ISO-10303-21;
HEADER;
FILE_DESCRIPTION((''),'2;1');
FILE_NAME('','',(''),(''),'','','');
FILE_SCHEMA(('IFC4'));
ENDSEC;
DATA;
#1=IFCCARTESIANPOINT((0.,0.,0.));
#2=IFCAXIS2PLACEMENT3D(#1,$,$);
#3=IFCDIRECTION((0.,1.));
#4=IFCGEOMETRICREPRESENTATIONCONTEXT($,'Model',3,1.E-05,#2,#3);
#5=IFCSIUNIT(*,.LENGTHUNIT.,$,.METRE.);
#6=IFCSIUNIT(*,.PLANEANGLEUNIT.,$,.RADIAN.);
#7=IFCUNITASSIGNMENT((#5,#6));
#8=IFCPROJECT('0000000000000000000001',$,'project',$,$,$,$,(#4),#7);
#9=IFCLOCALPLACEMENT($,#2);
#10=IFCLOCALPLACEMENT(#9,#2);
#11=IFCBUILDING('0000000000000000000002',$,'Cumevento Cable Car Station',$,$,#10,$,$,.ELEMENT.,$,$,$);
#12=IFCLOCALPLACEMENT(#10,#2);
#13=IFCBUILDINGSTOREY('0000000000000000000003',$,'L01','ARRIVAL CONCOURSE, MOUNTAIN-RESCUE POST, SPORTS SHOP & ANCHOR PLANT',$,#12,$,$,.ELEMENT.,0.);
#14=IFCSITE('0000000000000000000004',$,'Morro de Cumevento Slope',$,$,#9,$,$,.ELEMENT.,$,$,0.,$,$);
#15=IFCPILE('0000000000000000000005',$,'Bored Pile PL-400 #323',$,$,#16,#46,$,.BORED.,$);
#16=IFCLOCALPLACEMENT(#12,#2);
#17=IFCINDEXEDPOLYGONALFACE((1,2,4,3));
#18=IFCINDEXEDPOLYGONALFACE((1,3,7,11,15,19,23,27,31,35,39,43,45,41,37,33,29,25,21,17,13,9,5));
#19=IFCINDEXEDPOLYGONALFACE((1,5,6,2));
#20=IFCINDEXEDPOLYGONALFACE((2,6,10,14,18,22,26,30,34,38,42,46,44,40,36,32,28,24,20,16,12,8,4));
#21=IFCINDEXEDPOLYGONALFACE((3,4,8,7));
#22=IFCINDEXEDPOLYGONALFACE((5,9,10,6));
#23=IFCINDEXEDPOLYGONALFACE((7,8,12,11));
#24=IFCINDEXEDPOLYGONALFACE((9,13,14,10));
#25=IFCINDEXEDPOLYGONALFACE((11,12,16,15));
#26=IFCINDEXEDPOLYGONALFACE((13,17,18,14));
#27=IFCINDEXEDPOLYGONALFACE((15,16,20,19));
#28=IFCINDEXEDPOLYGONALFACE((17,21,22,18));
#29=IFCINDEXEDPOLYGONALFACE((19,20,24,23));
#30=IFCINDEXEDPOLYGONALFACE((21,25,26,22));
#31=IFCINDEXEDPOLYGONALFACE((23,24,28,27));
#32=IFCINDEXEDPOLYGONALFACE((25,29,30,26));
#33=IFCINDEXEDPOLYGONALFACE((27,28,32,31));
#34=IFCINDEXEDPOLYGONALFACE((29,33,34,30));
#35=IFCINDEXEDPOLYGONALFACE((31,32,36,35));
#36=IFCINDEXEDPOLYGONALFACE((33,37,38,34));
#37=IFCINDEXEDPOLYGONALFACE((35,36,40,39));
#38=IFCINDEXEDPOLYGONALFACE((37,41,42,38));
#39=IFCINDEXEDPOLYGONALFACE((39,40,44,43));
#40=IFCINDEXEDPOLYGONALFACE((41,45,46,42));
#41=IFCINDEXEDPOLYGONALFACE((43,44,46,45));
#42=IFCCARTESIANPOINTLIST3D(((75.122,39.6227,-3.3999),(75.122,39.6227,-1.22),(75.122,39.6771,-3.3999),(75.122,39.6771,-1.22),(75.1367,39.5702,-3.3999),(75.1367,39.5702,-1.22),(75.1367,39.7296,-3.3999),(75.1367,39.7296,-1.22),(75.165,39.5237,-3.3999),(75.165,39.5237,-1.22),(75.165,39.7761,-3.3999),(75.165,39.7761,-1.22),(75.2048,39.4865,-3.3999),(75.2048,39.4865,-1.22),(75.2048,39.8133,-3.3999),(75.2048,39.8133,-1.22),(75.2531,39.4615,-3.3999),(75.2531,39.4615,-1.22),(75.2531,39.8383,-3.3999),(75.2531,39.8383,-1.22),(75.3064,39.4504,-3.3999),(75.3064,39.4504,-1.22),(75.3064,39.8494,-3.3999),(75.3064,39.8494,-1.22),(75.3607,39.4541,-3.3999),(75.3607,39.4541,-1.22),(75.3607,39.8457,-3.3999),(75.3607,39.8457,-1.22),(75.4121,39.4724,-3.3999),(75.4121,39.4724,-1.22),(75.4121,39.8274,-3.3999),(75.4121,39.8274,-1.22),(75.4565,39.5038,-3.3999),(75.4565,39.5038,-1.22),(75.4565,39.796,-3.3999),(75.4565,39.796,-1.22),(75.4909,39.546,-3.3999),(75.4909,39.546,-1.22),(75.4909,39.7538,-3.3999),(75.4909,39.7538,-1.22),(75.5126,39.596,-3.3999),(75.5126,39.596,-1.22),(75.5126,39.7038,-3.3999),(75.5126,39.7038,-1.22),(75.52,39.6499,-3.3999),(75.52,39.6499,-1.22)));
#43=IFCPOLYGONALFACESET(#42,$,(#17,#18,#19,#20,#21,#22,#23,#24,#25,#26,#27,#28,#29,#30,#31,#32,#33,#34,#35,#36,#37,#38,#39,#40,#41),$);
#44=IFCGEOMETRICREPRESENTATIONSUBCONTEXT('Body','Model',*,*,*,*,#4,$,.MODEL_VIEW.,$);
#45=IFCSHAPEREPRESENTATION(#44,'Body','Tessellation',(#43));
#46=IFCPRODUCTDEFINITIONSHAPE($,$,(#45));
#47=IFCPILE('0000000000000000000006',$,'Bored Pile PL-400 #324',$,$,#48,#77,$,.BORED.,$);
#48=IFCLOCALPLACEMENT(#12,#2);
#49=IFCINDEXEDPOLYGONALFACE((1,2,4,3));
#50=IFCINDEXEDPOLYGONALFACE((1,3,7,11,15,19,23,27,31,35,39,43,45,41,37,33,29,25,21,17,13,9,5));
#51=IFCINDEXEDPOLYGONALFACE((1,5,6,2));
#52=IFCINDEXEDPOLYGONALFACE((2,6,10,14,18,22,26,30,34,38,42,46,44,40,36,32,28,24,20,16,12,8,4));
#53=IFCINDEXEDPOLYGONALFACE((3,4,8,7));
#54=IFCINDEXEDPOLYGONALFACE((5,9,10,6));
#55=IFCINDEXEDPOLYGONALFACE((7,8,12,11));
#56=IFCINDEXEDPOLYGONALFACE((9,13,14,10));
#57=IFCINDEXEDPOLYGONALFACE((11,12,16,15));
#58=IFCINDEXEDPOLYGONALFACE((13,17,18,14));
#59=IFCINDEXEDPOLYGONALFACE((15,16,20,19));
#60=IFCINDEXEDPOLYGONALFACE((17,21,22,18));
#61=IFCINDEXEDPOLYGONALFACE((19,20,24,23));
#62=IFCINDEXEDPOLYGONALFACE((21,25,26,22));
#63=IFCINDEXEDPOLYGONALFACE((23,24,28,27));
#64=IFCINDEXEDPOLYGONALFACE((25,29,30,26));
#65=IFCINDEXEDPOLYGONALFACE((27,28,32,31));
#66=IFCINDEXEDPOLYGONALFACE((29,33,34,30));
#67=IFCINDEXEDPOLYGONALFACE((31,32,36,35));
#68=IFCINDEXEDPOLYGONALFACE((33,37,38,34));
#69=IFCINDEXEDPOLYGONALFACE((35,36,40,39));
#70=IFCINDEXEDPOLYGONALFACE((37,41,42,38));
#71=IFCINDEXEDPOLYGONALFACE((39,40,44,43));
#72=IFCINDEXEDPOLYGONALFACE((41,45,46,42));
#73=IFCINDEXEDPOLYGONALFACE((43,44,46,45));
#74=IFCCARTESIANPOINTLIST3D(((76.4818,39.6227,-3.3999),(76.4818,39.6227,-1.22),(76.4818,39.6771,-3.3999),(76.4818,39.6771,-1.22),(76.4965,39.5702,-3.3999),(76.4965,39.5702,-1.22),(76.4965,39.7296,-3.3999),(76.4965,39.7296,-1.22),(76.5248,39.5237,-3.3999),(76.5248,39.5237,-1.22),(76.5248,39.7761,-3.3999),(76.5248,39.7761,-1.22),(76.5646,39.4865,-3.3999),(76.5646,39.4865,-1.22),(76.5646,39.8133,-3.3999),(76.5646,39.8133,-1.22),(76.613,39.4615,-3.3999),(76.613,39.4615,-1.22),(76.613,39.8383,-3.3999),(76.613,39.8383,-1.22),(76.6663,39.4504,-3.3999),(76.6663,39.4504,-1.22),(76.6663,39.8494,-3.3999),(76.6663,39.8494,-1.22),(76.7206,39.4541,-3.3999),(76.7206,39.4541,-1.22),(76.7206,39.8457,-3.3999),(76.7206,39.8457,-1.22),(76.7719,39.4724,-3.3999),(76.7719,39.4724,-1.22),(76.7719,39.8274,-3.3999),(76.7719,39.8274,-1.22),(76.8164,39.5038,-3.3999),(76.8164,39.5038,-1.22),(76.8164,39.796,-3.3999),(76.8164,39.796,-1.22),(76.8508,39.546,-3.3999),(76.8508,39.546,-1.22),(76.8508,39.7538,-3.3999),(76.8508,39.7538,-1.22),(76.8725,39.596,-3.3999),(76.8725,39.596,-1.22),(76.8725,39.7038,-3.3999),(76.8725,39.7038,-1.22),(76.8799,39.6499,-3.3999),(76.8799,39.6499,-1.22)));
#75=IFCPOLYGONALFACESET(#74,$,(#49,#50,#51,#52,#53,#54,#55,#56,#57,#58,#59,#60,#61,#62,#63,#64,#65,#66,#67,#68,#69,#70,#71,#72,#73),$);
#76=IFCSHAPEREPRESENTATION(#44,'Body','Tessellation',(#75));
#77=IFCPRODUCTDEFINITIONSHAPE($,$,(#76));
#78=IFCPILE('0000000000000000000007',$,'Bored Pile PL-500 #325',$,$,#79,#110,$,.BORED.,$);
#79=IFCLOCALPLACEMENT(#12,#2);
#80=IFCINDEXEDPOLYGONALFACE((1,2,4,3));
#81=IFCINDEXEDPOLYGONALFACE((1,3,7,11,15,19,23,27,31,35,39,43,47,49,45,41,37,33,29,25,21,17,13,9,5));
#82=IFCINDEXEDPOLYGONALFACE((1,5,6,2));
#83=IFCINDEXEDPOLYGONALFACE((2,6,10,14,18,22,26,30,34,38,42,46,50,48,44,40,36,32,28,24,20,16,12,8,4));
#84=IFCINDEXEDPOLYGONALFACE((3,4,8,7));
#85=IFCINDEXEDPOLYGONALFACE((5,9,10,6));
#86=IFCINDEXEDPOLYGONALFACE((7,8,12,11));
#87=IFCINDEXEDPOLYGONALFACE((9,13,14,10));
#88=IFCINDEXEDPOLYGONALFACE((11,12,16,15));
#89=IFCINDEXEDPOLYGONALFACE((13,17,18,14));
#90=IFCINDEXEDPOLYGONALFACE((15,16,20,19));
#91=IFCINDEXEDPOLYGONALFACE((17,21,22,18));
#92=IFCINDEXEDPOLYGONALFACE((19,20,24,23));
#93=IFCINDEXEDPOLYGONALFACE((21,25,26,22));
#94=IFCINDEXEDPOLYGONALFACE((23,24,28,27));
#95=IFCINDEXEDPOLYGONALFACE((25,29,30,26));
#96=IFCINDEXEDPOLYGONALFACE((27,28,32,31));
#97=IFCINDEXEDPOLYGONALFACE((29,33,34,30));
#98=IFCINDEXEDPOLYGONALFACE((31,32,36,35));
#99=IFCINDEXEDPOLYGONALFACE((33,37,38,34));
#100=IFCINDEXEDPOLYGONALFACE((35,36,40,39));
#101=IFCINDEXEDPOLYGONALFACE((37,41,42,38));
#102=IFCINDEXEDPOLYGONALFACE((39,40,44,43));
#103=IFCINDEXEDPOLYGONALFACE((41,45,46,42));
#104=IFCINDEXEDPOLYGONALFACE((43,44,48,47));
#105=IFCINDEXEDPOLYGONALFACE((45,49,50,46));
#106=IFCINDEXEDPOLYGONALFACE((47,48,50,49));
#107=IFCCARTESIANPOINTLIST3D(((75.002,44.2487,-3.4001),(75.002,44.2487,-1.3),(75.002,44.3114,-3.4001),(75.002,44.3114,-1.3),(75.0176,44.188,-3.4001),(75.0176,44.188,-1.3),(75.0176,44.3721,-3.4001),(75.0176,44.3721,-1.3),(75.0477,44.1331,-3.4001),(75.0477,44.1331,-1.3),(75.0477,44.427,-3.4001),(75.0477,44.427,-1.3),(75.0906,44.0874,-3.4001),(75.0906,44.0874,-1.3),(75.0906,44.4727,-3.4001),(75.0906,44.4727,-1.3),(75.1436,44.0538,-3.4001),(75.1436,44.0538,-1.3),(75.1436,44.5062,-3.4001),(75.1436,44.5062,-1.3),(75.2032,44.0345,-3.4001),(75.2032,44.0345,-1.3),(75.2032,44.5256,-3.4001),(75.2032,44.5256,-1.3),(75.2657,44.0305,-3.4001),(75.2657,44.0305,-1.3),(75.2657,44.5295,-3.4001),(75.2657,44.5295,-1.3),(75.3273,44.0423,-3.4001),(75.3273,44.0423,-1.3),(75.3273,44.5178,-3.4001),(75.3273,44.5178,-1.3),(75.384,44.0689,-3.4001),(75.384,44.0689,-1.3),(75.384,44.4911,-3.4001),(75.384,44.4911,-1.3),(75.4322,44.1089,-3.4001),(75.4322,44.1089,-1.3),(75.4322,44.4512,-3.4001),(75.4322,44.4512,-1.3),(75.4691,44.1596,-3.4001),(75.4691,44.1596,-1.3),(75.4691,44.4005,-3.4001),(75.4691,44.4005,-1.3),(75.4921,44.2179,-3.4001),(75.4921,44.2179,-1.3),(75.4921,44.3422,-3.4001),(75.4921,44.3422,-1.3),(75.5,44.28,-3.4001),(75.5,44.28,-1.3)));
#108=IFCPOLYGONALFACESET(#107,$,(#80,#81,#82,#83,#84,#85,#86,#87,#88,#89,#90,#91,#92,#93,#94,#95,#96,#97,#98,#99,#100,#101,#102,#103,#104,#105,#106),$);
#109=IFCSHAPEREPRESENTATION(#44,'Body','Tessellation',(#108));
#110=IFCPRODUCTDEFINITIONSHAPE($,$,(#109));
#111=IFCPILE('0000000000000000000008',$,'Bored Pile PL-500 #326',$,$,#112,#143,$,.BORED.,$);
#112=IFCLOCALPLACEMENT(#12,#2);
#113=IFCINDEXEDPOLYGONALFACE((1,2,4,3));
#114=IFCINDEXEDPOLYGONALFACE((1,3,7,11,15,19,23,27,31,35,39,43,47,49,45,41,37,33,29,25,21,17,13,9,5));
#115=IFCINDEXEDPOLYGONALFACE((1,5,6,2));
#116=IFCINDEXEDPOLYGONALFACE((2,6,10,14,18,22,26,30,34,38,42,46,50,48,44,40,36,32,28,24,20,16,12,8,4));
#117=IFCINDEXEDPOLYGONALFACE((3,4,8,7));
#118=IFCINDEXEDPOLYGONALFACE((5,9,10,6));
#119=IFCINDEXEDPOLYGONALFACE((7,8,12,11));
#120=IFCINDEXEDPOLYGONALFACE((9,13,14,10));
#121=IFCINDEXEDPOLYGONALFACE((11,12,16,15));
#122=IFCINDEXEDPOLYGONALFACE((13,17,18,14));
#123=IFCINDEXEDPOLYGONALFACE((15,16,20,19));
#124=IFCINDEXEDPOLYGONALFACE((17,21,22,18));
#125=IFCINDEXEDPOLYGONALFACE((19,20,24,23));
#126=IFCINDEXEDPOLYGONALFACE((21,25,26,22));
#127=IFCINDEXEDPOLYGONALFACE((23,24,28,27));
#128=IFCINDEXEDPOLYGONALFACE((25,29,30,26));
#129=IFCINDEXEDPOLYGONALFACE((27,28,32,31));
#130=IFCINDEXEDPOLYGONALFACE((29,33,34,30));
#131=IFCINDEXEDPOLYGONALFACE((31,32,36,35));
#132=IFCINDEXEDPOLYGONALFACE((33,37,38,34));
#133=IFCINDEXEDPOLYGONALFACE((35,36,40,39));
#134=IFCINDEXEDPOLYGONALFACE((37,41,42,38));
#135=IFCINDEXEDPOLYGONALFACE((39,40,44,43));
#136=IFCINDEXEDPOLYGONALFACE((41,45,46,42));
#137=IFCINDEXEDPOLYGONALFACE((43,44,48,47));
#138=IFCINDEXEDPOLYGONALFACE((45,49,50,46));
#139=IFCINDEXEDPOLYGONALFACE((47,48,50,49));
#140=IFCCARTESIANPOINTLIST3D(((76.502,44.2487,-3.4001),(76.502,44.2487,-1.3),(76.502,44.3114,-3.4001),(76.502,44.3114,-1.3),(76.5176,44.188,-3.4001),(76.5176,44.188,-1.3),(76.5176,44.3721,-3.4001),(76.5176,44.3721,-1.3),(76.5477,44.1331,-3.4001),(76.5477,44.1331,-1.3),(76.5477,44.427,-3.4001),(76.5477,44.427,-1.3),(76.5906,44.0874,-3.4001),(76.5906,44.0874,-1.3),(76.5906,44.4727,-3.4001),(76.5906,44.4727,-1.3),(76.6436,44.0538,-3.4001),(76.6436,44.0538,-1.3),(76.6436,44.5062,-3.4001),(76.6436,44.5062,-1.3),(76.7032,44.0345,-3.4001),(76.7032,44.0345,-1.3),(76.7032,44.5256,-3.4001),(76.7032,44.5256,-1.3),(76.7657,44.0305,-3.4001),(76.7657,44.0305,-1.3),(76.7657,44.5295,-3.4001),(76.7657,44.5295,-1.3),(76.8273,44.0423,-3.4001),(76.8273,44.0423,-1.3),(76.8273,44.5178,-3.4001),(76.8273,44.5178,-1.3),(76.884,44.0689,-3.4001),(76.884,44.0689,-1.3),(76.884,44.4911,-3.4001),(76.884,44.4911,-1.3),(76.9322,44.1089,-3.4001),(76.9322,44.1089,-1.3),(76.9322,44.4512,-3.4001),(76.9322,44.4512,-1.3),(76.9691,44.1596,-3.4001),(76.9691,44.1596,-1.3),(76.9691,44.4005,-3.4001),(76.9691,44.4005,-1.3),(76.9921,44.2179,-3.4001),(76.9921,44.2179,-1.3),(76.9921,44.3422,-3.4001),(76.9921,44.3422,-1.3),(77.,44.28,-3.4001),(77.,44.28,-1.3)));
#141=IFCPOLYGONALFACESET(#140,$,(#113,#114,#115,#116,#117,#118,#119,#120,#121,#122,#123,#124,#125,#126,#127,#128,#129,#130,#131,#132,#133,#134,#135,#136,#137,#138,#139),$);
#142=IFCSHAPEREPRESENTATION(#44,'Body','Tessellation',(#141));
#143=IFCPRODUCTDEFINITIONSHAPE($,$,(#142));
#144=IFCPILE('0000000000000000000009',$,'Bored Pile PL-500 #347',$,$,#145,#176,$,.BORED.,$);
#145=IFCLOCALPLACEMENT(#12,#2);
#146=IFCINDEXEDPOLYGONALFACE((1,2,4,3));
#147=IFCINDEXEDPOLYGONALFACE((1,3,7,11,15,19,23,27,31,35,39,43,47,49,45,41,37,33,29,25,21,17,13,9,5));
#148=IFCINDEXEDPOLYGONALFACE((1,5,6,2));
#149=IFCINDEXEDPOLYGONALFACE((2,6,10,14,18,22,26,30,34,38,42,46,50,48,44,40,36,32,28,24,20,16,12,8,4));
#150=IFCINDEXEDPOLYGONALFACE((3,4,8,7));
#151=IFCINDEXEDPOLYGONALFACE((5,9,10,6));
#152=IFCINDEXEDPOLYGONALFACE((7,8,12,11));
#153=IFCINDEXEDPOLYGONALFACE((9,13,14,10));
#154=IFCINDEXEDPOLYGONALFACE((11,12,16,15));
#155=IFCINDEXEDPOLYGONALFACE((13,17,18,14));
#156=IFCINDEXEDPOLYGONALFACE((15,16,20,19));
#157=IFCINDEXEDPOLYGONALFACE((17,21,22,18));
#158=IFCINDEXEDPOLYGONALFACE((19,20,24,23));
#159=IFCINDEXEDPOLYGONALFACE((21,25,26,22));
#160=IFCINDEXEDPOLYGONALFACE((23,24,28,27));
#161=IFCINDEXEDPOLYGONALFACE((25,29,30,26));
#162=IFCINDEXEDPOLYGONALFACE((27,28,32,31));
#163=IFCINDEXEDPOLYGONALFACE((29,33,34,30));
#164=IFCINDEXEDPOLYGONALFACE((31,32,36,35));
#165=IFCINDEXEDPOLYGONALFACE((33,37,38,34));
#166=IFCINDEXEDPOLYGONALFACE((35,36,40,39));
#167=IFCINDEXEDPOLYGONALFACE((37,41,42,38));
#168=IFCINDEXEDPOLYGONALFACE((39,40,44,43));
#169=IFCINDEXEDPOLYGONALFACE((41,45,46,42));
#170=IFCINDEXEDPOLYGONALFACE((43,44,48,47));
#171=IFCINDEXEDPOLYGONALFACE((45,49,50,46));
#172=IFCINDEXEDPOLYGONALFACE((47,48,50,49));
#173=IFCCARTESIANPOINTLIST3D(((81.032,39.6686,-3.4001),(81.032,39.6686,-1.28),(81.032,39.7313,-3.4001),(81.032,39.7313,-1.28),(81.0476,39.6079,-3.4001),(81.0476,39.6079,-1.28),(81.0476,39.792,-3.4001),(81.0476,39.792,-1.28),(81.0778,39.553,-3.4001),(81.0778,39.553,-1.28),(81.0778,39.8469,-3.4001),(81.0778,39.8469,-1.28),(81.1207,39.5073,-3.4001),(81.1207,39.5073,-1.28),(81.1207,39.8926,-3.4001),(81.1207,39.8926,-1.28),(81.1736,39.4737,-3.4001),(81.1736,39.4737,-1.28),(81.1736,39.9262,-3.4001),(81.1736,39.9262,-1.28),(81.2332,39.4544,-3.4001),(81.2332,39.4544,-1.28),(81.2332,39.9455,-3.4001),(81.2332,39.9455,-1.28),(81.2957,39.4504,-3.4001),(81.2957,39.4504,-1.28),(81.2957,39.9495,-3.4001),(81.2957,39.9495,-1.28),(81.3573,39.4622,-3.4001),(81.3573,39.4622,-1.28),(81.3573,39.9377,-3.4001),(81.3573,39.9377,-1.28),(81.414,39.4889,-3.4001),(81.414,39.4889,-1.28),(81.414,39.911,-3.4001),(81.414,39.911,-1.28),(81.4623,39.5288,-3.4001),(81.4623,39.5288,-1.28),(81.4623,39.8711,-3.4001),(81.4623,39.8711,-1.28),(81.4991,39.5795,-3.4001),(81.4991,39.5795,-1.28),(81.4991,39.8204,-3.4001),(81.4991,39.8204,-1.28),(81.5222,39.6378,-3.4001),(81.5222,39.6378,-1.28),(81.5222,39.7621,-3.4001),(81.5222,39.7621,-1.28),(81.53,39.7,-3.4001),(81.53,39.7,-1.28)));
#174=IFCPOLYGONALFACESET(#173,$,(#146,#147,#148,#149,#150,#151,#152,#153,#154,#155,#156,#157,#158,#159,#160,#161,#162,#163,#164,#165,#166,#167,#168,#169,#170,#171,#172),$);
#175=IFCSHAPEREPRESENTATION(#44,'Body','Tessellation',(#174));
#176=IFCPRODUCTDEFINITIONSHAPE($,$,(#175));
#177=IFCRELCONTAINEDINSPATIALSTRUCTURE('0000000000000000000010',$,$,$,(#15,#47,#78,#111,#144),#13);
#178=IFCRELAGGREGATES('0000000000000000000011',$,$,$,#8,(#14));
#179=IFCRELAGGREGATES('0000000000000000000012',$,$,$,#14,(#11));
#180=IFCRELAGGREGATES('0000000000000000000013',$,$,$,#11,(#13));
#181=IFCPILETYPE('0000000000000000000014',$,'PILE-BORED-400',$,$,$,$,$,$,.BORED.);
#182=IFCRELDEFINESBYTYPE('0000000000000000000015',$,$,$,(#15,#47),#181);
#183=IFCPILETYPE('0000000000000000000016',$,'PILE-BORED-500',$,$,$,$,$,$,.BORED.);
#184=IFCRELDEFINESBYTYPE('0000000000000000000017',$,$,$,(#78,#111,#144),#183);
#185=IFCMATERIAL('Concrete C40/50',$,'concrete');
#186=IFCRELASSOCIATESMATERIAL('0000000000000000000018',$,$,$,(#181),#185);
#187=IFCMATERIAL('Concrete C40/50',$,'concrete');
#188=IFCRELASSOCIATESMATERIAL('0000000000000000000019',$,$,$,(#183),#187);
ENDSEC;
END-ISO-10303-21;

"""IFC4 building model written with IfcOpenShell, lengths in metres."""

from ifc_helpers import new_model, si_unit, direction, frame, origin, origin_2d, place, context, subcontext, project, spatial, circle, extrude, material, material_profile, profile_set, type_object, element, save


model = new_model("IFC4")

# Units and contexts
model_context = context("Model", 3, precision=1e-05, world=origin(), true_north=direction((0.0, 1.0)))
body_context = subcontext(model_context, "Body", "Model", "MODEL_VIEW")
ifc_project = project(units=[si_unit("LENGTHUNIT", "METRE"), si_unit("PLANEANGLEUNIT", "RADIAN")], contexts=[model_context])

# Site, building, storey
site_placement = place(None, origin())
site = spatial("IfcSite", under=ifc_project, at=site_placement, Name="Morro de Cumevento Slope", CompositionType="ELEMENT", RefElevation=0.0)
building_placement = place(site_placement, origin())
building = spatial("IfcBuilding", under=site, at=building_placement, Name="Cumevento Cable Car Station", CompositionType="ELEMENT")
storey_placement = place(building_placement, origin())
storey = spatial("IfcBuildingStorey", under=building, at=storey_placement, Name="L01", Description="ARRIVAL CONCOURSE, MOUNTAIN-RESCUE POST, SPORTS SHOP & ANCHOR PLANT", CompositionType="ELEMENT", Elevation=0.0)

# Piles
ifc_material_1 = material(Name="Concrete C40/50", Category="concrete")
ifc_material_profile_1 = material_profile(ifc_material_1, circle(Radius=0.2, at=origin_2d()), Name="PILE-D400")
ifc_profile_set_1 = profile_set([ifc_material_profile_1], Name="Concrete C40/50")
pile_type_1 = type_object("IfcPileType", Name="PILE-BORED-400", PredefinedType="BORED", material=ifc_profile_set_1)
for number, where, z_axis, x_axis, name in (
    (1, (75.3201, 39.6499, -1.22), (0.0, 0.0, -1.0), (1.0, 0.0, 0.0), "Bored Pile PL-400 #323"),
    (2, (76.6799, 39.6499, -1.22), (0.0, 0.0, -1.0), (1.0, 0.0, 0.0), "Bored Pile PL-400 #324"),
):
    element("IfcPile", number, at=place(storey_placement, frame(where, z_axis=z_axis, x_axis=x_axis)), inside=storey, type_object=pile_type_1, Name=name, PredefinedType="BORED", context=body_context, shape_type="SweptSolid", body=[
        extrude(circle(Radius=0.2, at=origin_2d()), origin(), (0.0, 0.0, 1.0), 2.1799),
    ])
ifc_material_2 = material(Name="Concrete C40/50", Category="concrete")
ifc_material_profile_2 = material_profile(ifc_material_2, circle(Radius=0.25, at=origin_2d()), Name="PILE-D500")
ifc_profile_set_2 = profile_set([ifc_material_profile_2], Name="Concrete C40/50")
pile_type_2 = type_object("IfcPileType", Name="PILE-BORED-500", PredefinedType="BORED", material=ifc_profile_set_2)
for number, where, z_axis, x_axis, name in (
    (3, (75.25, 44.28, -1.3), (0.0, 0.0, -1.0), (1.0, 0.0, 0.0), "Bored Pile PL-500 #325"),
    (4, (76.75, 44.28, -1.3), (0.0, 0.0, -1.0), (1.0, 0.0, 0.0), "Bored Pile PL-500 #326"),
):
    element("IfcPile", number, at=place(storey_placement, frame(where, z_axis=z_axis, x_axis=x_axis)), inside=storey, type_object=pile_type_2, Name=name, PredefinedType="BORED", context=body_context, shape_type="SweptSolid", body=[
        extrude(circle(Radius=0.25, at=origin_2d()), origin(), (0.0, 0.0, 1.0), 2.1001),
    ])
pile_1_placement = place(storey_placement, frame((81.28, 39.7, -1.28), z_axis=(0.0, 0.0, -1.0), x_axis=(1.0, 0.0, 0.0)))
element("IfcPile", 5, at=pile_1_placement, inside=storey, type_object=pile_type_2, Name="Bored Pile PL-500 #347", PredefinedType="BORED", context=body_context, shape_type="SweptSolid", body=[
    extrude(circle(Radius=0.25, at=origin_2d()), origin(), (0.0, 0.0, 1.0), 2.1201),
])

save(model, "model.ifc")
